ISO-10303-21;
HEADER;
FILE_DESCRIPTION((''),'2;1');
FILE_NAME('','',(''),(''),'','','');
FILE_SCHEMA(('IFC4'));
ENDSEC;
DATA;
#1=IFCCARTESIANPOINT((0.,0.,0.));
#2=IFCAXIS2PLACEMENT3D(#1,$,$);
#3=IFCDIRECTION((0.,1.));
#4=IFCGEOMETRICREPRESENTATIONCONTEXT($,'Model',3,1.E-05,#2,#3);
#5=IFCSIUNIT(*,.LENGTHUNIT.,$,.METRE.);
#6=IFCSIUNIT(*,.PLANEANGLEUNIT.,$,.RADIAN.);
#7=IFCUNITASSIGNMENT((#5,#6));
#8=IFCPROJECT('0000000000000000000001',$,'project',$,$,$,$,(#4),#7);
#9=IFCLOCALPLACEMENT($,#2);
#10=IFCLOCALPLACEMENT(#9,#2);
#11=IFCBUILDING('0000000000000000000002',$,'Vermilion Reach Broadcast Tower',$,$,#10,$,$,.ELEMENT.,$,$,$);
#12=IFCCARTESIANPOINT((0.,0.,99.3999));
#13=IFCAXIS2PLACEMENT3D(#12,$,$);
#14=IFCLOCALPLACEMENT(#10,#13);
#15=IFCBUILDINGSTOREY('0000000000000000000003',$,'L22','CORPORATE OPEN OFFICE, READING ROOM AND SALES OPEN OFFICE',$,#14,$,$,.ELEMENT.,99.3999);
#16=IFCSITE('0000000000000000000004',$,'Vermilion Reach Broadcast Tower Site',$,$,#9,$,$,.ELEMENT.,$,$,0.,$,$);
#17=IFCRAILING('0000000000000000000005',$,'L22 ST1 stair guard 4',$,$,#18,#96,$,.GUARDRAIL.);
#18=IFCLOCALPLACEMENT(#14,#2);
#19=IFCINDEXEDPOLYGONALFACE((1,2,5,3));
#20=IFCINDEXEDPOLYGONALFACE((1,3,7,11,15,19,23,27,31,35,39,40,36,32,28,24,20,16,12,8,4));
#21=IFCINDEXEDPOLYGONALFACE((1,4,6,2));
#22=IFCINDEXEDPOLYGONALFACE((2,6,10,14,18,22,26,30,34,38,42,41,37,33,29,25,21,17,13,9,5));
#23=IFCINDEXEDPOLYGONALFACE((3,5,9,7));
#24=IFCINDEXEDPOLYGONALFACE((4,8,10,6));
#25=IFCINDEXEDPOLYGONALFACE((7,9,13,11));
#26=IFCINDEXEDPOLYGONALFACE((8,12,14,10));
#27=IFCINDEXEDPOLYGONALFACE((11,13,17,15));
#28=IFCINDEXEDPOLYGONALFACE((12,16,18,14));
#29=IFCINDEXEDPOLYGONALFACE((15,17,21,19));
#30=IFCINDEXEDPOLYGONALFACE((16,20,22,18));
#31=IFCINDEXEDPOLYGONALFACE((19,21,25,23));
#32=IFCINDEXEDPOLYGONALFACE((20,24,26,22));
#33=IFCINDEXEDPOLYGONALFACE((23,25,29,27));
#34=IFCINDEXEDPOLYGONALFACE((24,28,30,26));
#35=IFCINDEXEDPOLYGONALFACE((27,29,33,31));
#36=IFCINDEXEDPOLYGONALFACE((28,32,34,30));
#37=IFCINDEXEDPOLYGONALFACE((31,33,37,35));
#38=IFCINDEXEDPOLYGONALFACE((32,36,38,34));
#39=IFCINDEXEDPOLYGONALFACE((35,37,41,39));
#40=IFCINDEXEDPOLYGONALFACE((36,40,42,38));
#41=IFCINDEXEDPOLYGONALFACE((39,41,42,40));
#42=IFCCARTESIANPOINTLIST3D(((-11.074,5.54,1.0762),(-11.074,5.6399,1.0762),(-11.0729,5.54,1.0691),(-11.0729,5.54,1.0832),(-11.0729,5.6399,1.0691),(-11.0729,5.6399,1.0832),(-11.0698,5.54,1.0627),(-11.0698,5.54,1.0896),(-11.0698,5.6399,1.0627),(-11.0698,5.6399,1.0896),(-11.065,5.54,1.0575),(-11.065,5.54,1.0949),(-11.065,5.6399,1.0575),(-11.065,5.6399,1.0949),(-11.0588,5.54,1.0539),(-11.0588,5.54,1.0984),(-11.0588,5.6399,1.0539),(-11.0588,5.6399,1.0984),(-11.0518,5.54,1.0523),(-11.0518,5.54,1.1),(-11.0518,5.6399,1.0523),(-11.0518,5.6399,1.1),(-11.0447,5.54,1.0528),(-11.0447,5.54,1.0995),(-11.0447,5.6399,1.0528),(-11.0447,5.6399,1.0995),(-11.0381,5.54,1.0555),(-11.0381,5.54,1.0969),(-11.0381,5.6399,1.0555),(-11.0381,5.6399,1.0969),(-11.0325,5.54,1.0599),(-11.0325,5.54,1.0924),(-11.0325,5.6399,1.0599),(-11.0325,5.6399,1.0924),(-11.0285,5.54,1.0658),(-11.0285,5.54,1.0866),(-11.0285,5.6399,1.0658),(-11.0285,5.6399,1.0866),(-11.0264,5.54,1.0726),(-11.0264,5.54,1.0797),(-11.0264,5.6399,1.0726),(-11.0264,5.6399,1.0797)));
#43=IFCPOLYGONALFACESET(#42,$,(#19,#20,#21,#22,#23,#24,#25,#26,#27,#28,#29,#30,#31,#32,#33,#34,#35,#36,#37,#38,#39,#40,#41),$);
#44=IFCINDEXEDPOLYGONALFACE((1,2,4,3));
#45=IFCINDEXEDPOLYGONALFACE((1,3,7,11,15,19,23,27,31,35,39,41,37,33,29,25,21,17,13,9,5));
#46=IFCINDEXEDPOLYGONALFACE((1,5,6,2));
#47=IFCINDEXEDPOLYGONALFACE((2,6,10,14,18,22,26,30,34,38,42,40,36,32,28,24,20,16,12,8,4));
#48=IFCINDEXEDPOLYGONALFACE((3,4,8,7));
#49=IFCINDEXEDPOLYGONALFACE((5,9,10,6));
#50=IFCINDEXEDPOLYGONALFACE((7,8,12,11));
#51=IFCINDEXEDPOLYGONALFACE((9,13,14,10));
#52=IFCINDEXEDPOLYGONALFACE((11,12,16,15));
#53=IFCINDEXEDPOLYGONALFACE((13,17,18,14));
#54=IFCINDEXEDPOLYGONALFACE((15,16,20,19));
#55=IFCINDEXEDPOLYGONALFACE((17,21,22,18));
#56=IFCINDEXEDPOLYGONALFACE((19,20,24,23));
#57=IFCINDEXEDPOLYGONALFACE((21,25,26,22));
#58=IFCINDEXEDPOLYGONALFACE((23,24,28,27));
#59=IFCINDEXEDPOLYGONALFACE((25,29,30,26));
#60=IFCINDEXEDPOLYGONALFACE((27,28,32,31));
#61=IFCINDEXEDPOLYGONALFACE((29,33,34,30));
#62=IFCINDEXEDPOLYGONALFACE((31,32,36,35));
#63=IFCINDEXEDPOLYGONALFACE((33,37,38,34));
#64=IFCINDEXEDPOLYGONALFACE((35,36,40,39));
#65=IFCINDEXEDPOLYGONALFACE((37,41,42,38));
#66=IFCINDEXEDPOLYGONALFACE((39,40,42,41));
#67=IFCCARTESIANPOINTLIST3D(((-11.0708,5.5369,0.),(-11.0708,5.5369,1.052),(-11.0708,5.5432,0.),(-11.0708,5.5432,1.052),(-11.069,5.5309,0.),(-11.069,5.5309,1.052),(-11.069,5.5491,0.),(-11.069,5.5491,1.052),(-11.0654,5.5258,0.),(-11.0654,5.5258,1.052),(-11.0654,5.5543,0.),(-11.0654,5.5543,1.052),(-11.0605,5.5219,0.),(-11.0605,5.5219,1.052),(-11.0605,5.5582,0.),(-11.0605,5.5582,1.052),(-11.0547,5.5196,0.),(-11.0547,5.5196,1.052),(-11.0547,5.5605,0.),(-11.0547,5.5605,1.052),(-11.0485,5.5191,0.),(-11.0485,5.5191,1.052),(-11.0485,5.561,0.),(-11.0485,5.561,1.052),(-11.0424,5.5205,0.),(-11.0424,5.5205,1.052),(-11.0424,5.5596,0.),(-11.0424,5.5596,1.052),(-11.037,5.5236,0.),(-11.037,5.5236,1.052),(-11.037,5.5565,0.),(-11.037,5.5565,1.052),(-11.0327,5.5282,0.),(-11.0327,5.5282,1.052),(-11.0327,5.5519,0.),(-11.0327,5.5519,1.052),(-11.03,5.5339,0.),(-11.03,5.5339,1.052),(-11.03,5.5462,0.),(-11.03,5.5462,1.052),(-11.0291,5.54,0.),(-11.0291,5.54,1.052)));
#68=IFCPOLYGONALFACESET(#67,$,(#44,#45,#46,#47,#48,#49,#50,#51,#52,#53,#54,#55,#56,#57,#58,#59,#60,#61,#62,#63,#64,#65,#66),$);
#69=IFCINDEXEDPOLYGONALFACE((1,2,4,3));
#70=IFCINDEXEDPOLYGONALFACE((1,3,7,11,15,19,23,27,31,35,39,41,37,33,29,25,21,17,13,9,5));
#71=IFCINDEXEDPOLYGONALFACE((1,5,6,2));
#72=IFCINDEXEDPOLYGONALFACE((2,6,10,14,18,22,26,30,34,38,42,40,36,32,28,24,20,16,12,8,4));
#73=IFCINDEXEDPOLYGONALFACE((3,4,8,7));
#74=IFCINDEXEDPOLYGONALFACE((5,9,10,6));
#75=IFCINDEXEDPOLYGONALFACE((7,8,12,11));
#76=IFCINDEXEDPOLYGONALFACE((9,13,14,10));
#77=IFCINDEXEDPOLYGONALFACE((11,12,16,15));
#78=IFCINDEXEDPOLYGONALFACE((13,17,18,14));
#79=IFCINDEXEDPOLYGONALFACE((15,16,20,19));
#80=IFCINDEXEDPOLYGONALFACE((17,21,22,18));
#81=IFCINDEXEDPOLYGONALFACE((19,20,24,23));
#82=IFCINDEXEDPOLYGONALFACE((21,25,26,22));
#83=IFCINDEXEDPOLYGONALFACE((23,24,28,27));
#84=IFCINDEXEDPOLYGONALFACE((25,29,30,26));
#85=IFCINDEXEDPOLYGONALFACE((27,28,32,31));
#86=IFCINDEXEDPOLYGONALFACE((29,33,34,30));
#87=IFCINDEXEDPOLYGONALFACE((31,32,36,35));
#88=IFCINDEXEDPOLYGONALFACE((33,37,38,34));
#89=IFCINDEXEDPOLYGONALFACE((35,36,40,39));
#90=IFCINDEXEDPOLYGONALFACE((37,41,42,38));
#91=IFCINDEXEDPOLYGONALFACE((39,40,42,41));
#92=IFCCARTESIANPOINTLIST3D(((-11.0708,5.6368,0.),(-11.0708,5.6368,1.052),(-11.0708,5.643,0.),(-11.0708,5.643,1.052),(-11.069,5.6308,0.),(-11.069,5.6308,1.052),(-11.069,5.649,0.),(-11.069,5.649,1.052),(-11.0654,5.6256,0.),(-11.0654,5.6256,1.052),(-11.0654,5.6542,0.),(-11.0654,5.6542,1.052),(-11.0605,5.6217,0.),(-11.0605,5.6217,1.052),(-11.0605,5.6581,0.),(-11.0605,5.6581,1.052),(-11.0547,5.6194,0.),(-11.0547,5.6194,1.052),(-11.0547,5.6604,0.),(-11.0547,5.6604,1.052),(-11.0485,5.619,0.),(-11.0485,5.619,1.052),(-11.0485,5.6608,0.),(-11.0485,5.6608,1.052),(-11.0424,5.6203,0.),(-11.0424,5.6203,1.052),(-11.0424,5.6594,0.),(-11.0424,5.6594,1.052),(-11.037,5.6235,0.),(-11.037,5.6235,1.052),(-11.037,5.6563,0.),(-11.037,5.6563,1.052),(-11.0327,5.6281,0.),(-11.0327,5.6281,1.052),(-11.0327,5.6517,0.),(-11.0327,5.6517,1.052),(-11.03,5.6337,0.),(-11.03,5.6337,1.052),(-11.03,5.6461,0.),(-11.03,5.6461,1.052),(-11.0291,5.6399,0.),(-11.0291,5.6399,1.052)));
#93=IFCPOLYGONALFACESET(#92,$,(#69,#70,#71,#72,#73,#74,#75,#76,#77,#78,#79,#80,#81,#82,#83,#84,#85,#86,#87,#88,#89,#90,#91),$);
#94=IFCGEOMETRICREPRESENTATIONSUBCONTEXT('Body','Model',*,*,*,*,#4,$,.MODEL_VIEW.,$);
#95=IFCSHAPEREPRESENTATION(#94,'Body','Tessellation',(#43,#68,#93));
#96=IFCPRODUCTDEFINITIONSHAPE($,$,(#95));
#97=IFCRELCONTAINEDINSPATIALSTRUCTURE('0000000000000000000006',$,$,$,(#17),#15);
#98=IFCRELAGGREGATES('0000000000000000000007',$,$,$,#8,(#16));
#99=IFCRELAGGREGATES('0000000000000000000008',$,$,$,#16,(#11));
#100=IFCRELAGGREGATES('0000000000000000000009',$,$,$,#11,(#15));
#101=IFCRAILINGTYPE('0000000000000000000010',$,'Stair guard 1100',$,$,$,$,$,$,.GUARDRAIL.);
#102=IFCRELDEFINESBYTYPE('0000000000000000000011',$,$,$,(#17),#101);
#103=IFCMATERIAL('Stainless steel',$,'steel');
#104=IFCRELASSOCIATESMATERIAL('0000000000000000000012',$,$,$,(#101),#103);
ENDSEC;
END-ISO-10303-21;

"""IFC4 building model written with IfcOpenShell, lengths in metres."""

from ifc_helpers import new_model, si_unit, direction, frame, origin, origin_2d, place, context, subcontext, project, spatial, circle, extrude, material, type_object, element, save


model = new_model("IFC4")

# Units and contexts
model_context = context("Model", 3, precision=1e-05, world=origin(), true_north=direction((0.0, 1.0)))
body_context = subcontext(model_context, "Body", "Model", "MODEL_VIEW")
ifc_project = project(units=[si_unit("LENGTHUNIT", "METRE"), si_unit("PLANEANGLEUNIT", "RADIAN")], contexts=[model_context])

# Site, building, storey
site_placement = place(None, origin())
site = spatial("IfcSite", under=ifc_project, at=site_placement, Name="Vermilion Reach Broadcast Tower Site", CompositionType="ELEMENT", RefElevation=0.0)
building_placement = place(site_placement, origin())
building = spatial("IfcBuilding", under=site, at=building_placement, Name="Vermilion Reach Broadcast Tower", CompositionType="ELEMENT")
storey_placement = place(building_placement, frame((0.0, 0.0, 99.3999)))
storey = spatial("IfcBuildingStorey", under=building, at=storey_placement, Name="L22", Description="CORPORATE OPEN OFFICE, READING ROOM AND SALES OPEN OFFICE", CompositionType="ELEMENT", Elevation=99.3999)

# Railing
ifc_material_1 = material(Name="Stainless steel", Category="steel")
railing_type_1 = type_object("IfcRailingType", Name="Stair guard 1100", PredefinedType="GUARDRAIL", material=ifc_material_1)
railing_1_placement = place(storey_placement, frame((-11.05, 5.54, 0.0)))
element("IfcRailing", 1, at=railing_1_placement, inside=storey, type_object=railing_type_1, Name="L22 ST1 stair guard 4", PredefinedType="GUARDRAIL", context=body_context, shape_type="SweptSolid", body=[
    extrude(circle(Radius=0.0239, at=origin_2d()), frame((0.0, 0.0, 1.0762), z_axis=(0.0, 1.0, 0.0), x_axis=(-1.0, 0.0, 0.0)), (0.0, 0.0, 1.0), 0.0999),
    extrude(circle(Radius=0.021, at=origin_2d()), origin(), (0.0, 0.0, 1.0), 1.052),
    extrude(circle(Radius=0.021, at=origin_2d()), frame((0.0, 0.0999, 0.0)), (0.0, 0.0, 1.0), 1.052),
])

save(model, "model.ifc")
